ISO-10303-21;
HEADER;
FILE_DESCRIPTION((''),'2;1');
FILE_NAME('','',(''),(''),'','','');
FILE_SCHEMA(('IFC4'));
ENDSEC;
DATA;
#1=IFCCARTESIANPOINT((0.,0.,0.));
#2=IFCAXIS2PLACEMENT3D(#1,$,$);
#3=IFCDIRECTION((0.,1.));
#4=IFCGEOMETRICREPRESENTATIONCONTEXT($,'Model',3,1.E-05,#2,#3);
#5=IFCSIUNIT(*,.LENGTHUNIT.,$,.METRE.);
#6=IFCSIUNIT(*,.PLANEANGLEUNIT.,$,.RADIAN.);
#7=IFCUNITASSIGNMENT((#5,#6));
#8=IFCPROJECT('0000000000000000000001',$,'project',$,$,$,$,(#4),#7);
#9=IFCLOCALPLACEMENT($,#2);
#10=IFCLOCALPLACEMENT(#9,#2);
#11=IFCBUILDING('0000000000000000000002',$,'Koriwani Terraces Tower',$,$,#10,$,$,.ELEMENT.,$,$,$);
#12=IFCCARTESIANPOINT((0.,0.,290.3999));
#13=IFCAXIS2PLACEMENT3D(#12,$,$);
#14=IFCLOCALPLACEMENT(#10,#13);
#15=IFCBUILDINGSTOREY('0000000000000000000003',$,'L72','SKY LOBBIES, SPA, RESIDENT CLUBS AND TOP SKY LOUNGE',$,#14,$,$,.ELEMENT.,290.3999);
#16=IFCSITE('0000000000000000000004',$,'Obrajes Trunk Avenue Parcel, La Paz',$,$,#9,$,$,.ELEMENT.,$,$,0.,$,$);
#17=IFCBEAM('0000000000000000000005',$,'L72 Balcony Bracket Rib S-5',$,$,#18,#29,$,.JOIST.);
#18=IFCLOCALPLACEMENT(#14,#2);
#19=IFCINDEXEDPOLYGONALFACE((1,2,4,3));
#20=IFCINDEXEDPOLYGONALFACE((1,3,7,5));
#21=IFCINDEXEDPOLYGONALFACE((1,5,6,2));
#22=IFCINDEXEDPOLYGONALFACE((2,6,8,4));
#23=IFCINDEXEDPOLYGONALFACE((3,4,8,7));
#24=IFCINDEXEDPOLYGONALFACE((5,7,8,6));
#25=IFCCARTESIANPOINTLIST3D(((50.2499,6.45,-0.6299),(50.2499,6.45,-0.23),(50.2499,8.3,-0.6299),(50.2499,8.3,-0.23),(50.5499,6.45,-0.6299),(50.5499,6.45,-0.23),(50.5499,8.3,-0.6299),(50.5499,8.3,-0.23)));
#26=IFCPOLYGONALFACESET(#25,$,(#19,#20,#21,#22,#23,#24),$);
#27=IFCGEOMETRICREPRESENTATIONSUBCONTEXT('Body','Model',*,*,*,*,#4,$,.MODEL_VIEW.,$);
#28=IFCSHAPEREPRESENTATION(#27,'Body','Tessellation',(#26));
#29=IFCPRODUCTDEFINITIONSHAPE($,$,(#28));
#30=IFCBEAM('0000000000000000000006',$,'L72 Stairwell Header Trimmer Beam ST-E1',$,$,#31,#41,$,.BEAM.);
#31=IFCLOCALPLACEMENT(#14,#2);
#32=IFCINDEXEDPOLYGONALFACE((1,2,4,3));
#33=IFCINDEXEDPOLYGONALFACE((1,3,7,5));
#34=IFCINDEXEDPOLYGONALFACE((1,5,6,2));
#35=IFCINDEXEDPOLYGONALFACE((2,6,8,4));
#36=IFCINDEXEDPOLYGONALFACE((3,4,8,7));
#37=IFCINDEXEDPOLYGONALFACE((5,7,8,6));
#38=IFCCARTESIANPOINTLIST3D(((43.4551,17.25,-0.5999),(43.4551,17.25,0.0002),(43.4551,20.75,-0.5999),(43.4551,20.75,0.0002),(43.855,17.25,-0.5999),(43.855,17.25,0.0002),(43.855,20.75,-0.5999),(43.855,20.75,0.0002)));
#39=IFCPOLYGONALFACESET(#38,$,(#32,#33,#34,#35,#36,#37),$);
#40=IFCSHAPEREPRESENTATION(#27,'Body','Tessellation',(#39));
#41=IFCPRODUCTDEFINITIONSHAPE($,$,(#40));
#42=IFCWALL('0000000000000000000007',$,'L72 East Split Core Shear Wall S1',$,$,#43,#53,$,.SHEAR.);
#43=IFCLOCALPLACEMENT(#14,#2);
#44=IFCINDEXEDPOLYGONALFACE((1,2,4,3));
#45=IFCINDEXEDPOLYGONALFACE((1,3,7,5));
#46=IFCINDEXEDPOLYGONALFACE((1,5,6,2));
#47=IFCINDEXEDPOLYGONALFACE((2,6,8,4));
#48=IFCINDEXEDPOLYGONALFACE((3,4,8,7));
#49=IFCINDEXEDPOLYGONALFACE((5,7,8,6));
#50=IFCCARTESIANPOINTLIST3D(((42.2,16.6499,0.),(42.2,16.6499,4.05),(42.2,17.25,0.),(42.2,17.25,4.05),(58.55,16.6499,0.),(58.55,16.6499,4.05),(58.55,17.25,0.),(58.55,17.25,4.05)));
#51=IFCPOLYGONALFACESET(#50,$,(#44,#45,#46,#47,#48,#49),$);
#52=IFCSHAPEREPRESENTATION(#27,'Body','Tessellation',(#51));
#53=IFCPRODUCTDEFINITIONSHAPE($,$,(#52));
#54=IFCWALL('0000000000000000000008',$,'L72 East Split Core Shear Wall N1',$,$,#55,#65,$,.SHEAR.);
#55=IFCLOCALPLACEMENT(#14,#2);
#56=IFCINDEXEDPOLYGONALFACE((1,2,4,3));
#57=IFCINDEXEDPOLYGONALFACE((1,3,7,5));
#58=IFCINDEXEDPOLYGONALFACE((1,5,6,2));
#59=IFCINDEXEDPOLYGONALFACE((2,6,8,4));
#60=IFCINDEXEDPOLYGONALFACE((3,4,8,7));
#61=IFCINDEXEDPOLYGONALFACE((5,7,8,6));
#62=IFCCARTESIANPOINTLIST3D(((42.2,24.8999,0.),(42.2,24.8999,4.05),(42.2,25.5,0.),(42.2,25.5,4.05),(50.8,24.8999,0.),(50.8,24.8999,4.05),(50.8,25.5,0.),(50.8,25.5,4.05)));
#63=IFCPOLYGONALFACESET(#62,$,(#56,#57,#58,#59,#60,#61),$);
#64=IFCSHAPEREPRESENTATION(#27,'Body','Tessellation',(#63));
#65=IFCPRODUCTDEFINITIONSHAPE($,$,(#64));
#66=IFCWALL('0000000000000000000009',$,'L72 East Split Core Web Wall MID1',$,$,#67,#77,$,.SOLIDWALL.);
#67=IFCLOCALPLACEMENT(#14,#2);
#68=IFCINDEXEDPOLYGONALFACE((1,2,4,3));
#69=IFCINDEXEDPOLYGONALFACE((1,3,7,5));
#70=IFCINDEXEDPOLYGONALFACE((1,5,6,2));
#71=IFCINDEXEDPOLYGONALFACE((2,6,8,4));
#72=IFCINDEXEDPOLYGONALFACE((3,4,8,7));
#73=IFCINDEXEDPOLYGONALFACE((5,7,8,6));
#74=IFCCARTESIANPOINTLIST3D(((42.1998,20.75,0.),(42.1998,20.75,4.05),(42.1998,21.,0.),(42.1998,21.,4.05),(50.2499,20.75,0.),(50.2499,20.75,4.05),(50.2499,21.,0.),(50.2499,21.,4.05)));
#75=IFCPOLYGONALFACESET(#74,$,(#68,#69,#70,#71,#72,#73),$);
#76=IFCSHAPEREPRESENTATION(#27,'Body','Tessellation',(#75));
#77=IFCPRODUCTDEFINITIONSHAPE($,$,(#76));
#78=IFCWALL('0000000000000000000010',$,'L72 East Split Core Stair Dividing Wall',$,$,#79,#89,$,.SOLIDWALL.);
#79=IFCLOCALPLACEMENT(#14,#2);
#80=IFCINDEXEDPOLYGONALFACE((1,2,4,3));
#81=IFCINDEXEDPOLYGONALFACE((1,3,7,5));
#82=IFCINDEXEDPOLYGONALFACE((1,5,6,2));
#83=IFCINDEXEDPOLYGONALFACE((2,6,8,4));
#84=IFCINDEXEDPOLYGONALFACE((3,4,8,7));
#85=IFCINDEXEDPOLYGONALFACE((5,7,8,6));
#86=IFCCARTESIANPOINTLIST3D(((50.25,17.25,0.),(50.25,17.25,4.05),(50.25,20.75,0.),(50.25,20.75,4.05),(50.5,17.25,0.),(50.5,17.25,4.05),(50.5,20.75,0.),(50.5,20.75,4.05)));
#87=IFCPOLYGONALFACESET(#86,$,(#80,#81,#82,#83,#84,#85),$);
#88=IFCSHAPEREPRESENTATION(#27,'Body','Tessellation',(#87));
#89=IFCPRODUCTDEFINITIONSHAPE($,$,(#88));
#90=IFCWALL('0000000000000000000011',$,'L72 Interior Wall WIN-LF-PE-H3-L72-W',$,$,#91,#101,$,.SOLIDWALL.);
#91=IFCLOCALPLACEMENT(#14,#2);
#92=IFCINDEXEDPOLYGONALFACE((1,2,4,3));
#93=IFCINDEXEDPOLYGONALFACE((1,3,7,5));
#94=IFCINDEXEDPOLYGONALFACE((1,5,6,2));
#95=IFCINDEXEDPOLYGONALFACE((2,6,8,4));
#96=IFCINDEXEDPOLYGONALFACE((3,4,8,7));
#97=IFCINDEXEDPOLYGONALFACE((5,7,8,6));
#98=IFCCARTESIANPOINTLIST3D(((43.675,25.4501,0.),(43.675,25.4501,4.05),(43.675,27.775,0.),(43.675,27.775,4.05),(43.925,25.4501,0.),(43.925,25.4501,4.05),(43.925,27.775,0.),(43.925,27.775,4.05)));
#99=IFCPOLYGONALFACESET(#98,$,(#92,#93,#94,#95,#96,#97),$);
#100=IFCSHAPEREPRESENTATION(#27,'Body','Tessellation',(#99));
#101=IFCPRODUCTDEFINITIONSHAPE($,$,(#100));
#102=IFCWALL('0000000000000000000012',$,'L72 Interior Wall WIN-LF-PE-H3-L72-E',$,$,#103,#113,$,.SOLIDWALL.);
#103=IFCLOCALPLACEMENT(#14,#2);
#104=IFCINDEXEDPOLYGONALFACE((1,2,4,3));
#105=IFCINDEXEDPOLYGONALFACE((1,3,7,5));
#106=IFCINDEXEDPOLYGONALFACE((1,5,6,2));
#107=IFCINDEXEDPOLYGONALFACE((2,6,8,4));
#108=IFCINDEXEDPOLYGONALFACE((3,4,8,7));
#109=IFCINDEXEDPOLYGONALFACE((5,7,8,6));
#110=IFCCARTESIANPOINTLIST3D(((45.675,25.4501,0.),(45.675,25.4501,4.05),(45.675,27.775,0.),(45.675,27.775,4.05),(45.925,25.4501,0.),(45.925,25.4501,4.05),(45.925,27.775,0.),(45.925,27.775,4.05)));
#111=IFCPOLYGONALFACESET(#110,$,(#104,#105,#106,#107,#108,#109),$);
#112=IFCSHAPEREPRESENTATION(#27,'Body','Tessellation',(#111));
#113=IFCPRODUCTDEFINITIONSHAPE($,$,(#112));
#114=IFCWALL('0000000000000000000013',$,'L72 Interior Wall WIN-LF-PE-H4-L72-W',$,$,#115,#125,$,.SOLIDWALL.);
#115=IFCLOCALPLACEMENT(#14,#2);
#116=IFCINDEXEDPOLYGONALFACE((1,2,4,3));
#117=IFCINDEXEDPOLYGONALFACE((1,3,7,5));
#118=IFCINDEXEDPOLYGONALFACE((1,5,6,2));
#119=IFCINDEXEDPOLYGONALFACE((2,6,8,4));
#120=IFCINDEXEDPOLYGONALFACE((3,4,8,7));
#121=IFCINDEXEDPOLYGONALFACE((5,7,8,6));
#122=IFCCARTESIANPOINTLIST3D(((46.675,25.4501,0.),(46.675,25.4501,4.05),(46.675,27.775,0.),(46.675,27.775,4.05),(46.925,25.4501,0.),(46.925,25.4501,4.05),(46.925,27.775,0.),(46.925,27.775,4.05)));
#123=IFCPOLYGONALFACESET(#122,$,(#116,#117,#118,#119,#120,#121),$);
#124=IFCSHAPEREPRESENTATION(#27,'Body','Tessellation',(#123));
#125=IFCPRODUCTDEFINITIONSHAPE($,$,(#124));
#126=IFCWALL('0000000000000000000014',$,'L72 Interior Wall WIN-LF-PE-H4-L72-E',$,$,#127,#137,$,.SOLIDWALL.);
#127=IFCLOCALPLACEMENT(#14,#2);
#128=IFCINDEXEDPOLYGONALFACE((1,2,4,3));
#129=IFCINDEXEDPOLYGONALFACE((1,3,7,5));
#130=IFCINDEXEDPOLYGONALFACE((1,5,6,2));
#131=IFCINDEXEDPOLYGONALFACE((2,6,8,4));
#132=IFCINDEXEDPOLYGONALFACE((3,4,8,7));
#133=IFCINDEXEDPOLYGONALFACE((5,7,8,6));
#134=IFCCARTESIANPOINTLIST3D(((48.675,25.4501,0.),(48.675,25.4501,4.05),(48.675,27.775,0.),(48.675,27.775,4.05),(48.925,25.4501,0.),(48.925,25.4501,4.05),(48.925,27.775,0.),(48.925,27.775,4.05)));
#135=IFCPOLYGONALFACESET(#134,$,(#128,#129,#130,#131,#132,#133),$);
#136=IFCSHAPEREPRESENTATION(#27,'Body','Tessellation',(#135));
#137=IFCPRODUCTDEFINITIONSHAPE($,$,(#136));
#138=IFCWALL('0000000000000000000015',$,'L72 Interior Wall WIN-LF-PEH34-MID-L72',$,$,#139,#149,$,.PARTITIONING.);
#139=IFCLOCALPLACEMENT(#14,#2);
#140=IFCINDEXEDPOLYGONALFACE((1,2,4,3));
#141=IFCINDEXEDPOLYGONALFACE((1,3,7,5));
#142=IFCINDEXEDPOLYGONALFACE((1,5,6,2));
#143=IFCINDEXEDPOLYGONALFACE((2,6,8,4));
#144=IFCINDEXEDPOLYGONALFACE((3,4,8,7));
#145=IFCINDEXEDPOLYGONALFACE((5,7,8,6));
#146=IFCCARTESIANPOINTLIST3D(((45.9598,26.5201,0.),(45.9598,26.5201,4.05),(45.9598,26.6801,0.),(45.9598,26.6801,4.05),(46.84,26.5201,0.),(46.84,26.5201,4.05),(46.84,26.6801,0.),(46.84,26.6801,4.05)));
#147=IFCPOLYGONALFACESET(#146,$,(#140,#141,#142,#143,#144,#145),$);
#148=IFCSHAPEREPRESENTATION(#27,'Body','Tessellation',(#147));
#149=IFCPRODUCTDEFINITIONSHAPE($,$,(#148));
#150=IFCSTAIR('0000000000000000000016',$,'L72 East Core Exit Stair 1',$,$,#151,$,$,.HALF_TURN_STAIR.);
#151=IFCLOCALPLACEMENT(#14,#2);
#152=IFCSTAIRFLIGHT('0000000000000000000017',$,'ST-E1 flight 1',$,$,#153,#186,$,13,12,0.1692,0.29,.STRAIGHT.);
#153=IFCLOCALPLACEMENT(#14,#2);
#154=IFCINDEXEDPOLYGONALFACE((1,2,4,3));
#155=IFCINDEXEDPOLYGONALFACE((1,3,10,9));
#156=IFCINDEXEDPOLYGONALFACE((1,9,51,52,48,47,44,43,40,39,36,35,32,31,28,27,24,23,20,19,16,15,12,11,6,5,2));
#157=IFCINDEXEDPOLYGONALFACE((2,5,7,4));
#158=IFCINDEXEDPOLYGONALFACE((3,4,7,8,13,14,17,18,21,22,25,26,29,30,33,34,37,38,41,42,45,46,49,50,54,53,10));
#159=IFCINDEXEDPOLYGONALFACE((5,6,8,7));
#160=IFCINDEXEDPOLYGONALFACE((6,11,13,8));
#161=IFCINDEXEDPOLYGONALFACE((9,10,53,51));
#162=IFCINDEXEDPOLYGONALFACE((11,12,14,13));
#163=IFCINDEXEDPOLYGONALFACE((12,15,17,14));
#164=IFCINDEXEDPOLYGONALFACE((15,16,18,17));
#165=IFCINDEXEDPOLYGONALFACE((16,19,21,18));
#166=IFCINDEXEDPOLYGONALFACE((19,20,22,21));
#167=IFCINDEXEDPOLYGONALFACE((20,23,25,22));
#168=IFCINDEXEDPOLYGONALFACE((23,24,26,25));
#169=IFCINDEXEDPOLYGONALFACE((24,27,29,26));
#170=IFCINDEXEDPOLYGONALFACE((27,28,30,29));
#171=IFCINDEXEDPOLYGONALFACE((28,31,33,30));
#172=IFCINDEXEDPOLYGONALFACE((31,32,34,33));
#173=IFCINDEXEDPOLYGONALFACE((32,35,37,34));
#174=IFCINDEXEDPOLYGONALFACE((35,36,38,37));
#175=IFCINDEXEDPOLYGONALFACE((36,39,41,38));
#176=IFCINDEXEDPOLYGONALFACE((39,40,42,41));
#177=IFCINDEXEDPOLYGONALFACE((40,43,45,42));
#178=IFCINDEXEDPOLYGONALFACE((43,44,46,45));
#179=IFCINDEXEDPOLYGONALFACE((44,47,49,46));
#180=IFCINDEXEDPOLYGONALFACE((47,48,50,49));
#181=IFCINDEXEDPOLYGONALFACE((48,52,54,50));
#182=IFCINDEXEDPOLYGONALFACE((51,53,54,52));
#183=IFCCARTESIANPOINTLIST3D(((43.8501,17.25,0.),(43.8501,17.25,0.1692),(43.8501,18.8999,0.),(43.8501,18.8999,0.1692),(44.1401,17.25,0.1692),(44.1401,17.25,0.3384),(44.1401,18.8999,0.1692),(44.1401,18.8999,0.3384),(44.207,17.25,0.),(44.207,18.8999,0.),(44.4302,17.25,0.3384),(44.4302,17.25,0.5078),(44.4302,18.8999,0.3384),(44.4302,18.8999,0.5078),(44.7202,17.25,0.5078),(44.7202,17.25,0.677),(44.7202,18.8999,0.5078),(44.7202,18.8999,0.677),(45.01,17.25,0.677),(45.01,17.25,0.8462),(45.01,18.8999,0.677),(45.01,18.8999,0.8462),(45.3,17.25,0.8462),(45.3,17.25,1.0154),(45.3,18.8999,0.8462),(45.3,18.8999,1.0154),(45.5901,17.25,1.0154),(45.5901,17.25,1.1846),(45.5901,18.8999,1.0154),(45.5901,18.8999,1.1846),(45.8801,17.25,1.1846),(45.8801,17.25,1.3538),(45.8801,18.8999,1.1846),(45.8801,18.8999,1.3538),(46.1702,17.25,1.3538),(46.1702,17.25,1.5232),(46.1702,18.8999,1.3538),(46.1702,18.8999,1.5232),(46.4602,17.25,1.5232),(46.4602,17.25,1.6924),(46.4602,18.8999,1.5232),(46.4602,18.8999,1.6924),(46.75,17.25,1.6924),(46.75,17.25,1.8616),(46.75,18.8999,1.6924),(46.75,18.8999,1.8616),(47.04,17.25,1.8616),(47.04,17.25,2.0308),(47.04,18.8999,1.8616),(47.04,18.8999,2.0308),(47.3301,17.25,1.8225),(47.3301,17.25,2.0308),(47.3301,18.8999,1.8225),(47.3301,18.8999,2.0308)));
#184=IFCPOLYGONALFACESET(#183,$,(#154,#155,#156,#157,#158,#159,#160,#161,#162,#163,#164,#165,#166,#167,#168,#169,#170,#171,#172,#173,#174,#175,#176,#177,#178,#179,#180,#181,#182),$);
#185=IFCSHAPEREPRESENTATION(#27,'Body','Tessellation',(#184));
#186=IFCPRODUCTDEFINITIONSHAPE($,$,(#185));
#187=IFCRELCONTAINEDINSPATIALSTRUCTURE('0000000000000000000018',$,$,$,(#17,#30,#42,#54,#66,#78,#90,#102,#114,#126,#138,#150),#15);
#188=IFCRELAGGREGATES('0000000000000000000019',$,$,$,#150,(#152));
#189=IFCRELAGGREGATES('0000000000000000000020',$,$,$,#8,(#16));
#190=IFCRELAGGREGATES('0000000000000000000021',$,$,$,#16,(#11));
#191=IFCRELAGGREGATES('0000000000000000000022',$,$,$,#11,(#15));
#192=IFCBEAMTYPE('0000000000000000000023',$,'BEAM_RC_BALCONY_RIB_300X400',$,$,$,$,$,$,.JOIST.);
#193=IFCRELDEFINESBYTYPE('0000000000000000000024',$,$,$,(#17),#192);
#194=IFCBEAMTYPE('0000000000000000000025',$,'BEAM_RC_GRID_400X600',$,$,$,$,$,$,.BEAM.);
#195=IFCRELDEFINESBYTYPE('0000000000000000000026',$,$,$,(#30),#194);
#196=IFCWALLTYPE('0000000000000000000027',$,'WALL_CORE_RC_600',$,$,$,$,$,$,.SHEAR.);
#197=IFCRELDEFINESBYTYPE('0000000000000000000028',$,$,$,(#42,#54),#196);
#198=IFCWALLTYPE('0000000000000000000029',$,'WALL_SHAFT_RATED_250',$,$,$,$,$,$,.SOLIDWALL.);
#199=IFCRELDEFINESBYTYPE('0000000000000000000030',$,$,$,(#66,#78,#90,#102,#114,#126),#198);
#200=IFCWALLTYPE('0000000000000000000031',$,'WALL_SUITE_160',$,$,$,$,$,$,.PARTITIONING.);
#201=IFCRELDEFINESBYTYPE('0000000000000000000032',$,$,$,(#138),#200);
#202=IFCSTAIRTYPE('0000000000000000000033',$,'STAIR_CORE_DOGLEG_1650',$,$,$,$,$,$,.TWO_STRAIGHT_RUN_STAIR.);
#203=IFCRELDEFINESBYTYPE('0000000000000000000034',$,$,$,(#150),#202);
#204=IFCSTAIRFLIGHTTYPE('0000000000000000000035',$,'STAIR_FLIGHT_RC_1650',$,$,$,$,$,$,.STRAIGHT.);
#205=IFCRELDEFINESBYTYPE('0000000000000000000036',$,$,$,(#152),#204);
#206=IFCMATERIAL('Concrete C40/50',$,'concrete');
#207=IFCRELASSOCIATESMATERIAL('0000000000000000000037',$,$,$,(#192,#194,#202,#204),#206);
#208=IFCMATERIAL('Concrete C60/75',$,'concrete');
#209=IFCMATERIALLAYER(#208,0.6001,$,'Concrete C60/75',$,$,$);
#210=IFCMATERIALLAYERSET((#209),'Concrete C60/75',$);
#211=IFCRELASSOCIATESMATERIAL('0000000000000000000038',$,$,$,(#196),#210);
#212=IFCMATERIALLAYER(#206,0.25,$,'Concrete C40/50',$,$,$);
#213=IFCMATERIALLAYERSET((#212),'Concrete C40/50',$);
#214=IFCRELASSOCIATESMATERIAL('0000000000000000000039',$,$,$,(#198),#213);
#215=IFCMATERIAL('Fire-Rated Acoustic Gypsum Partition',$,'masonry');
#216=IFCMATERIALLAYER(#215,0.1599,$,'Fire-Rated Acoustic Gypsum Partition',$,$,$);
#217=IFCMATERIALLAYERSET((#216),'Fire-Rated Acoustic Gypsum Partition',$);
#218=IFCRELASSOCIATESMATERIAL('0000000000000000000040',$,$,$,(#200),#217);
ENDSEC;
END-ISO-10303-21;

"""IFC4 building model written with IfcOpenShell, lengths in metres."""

from ifc_helpers import new_model, si_unit, direction, frame, frame_2d, origin, origin_2d, place, context, subcontext, project, spatial, polyline, rectangle, outline, extrude, material, layer, layer_set, material_profile, profile_set, type_object, element, aggregate, save


model = new_model("IFC4")

# Units and contexts
model_context = context("Model", 3, precision=1e-05, world=origin(), true_north=direction((0.0, 1.0)))
body_context = subcontext(model_context, "Body", "Model", "MODEL_VIEW")
ifc_project = project(units=[si_unit("LENGTHUNIT", "METRE"), si_unit("PLANEANGLEUNIT", "RADIAN")], contexts=[model_context])

# Site, building, storey
site_placement = place(None, origin())
site = spatial("IfcSite", under=ifc_project, at=site_placement, Name="Obrajes Trunk Avenue Parcel, La Paz", CompositionType="ELEMENT", RefElevation=0.0)
building_placement = place(site_placement, origin())
building = spatial("IfcBuilding", under=site, at=building_placement, Name="Koriwani Terraces Tower", CompositionType="ELEMENT")
storey_placement = place(building_placement, frame((0.0, 0.0, 290.3999)))
storey = spatial("IfcBuildingStorey", under=building, at=storey_placement, Name="L72", Description="SKY LOBBIES, SPA, RESIDENT CLUBS AND TOP SKY LOUNGE", CompositionType="ELEMENT", Elevation=290.3999)

# Beams
ifc_material_1 = material(Name="Concrete C40/50", Category="concrete")
ifc_material_profile_1 = material_profile(ifc_material_1, rectangle(XDim=0.3, YDim=0.3999, at=origin_2d()), Name="Concrete C40/50", Category="LoadBearing")
ifc_profile_set_1 = profile_set([ifc_material_profile_1], Name="Concrete C40/50")
beam_type_1 = type_object("IfcBeamType", Name="BEAM_RC_BALCONY_RIB_300X400", PredefinedType="JOIST", material=ifc_profile_set_1)
beam_1_placement = place(storey_placement, frame((50.3999, 6.45, -0.4299), z_axis=(0.0, 1.0, 0.0), x_axis=(-1.0, 0.0, 0.0)))
element("IfcBeam", 1, at=beam_1_placement, inside=storey, type_object=beam_type_1, Name="L72 Balcony Bracket Rib S-5", PredefinedType="JOIST", context=body_context, shape_type="SweptSolid", body=[
    extrude(rectangle(XDim=0.3, YDim=0.3999, at=origin_2d()), origin(), (0.0, 0.0, 1.0), 1.8501),
])
ifc_material_profile_2 = material_profile(ifc_material_1, rectangle(XDim=0.3999, YDim=0.6001, at=origin_2d()), Name="Concrete C40/50", Category="LoadBearing")
ifc_profile_set_2 = profile_set([ifc_material_profile_2], Name="Concrete C40/50")
beam_type_2 = type_object("IfcBeamType", Name="BEAM_RC_GRID_400X600", PredefinedType="BEAM", material=ifc_profile_set_2)
beam_2_placement = place(storey_placement, frame((43.655, 17.25, -0.2998), z_axis=(0.0, 1.0, 0.0), x_axis=(-1.0, 0.0, 0.0)))
element("IfcBeam", 2, at=beam_2_placement, inside=storey, type_object=beam_type_2, Name="L72 Stairwell Header Trimmer Beam ST-E1", PredefinedType="BEAM", context=body_context, shape_type="SweptSolid", body=[
    extrude(rectangle(XDim=0.3999, YDim=0.6001, at=origin_2d()), origin(), (0.0, 0.0, 1.0), 3.5),
])

# Walls
ifc_material_2 = material(Name="Concrete C60/75", Category="concrete")
ifc_layer_1 = layer(ifc_material_2, 0.6001, Name="Concrete C60/75")
ifc_layer_set_1 = layer_set([ifc_layer_1], Name="Concrete C60/75")
wall_type_1 = type_object("IfcWallType", Name="WALL_CORE_RC_600", PredefinedType="SHEAR", material=ifc_layer_set_1)
wall_1_placement = place(storey_placement, frame((42.2, 16.95, 0.0), z_axis=(0.0, 0.0, 1.0), x_axis=(1.0, 0.0, 0.0)))
element("IfcWall", 3, at=wall_1_placement, inside=storey, type_object=wall_type_1, Name="L72 East Split Core Shear Wall S1", PredefinedType="SHEAR", context=body_context, shape_type="SweptSolid", body=[
    extrude(rectangle(XDim=16.3501, YDim=0.6001, at=frame_2d((8.175, 0.0))), origin(), (0.0, 0.0, 1.0), 4.05),
])
wall_2_placement = place(storey_placement, frame((42.2, 25.2, 0.0), z_axis=(0.0, 0.0, 1.0), x_axis=(1.0, 0.0, 0.0)))
element("IfcWall", 4, at=wall_2_placement, inside=storey, type_object=wall_type_1, Name="L72 East Split Core Shear Wall N1", PredefinedType="SHEAR", context=body_context, shape_type="SweptSolid", body=[
    extrude(rectangle(XDim=8.6001, YDim=0.6001, at=frame_2d((4.3, 0.0))), origin(), (0.0, 0.0, 1.0), 4.05),
])
ifc_layer_2 = layer(ifc_material_1, 0.25, Name="Concrete C40/50")
ifc_layer_set_2 = layer_set([ifc_layer_2], Name="Concrete C40/50")
wall_type_2 = type_object("IfcWallType", Name="WALL_SHAFT_RATED_250", PredefinedType="SOLIDWALL", material=ifc_layer_set_2)
wall_3_placement = place(storey_placement, frame((42.2, 20.875, 0.0), z_axis=(0.0, 0.0, 1.0), x_axis=(1.0, 0.0, 0.0)))
element("IfcWall", 5, at=wall_3_placement, inside=storey, type_object=wall_type_2, Name="L72 East Split Core Web Wall MID1", PredefinedType="SOLIDWALL", context=body_context, shape_type="SweptSolid", body=[
    extrude(rectangle(XDim=8.05, YDim=0.25, at=frame_2d((4.0249, 0.0))), origin(), (0.0, 0.0, 1.0), 4.05),
])
wall_4_placement = place(storey_placement, frame((50.375, 17.25, 0.0), z_axis=(0.0, 0.0, 1.0), x_axis=(0.0, 1.0, 0.0)))
element("IfcWall", 6, at=wall_4_placement, inside=storey, type_object=wall_type_2, Name="L72 East Split Core Stair Dividing Wall", PredefinedType="SOLIDWALL", context=body_context, shape_type="SweptSolid", body=[
    extrude(rectangle(XDim=3.5, YDim=0.25, at=frame_2d((1.75, 0.0))), origin(), (0.0, 0.0, 1.0), 4.05),
])

# Walls
for number, where, z_axis, x_axis, name in (
    (7, (43.8, 25.45, 0.0), (0.0, 0.0, 1.0), (0.0, 1.0, 0.0), "L72 Interior Wall WIN-LF-PE-H3-L72-W"),
    (8, (45.8, 25.45, 0.0), (0.0, 0.0, 1.0), (0.0, 1.0, 0.0), "L72 Interior Wall WIN-LF-PE-H3-L72-E"),
):
    element("IfcWall", number, at=place(storey_placement, frame(where, z_axis=z_axis, x_axis=x_axis)), inside=storey, type_object=wall_type_2, Name=name, PredefinedType="SOLIDWALL", context=body_context, shape_type="SweptSolid", body=[
        extrude(rectangle(XDim=2.325, YDim=0.25, at=frame_2d((1.1626, 0.0))), origin(), (0.0, 0.0, 1.0), 4.05),
    ])

# Walls
for number, where, z_axis, x_axis, name in (
    (9, (46.8, 25.45, 0.0), (0.0, 0.0, 1.0), (0.0, 1.0, 0.0), "L72 Interior Wall WIN-LF-PE-H4-L72-W"),
    (10, (48.8, 25.45, 0.0), (0.0, 0.0, 1.0), (0.0, 1.0, 0.0), "L72 Interior Wall WIN-LF-PE-H4-L72-E"),
):
    element("IfcWall", number, at=place(storey_placement, frame(where, z_axis=z_axis, x_axis=x_axis)), inside=storey, type_object=wall_type_2, Name=name, PredefinedType="SOLIDWALL", context=body_context, shape_type="SweptSolid", body=[
        extrude(rectangle(XDim=2.325, YDim=0.25, at=frame_2d((1.1626, 0.0))), origin(), (0.0, 0.0, 1.0), 4.05),
    ])
ifc_material_3 = material(Name="Fire-Rated Acoustic Gypsum Partition", Category="masonry")
ifc_layer_3 = layer(ifc_material_3, 0.1599, Name="Fire-Rated Acoustic Gypsum Partition")
ifc_layer_set_3 = layer_set([ifc_layer_3], Name="Fire-Rated Acoustic Gypsum Partition")
wall_type_3 = type_object("IfcWallType", Name="WALL_SUITE_160", PredefinedType="PARTITIONING", material=ifc_layer_set_3)
wall_5_placement = place(storey_placement, frame((45.96, 26.6001, 0.0), z_axis=(0.0, 0.0, 1.0), x_axis=(1.0, 0.0, 0.0)))
element("IfcWall", 11, at=wall_5_placement, inside=storey, type_object=wall_type_3, Name="L72 Interior Wall WIN-LF-PEH34-MID-L72", PredefinedType="PARTITIONING", context=body_context, shape_type="SweptSolid", body=[
    extrude(rectangle(XDim=0.8801, YDim=0.1599, at=frame_2d((0.4399, 0.0))), origin(), (0.0, 0.0, 1.0), 4.05),
])

# Stair, stair flight
stair_type = type_object("IfcStairType", Name="STAIR_CORE_DOGLEG_1650", PredefinedType="TWO_STRAIGHT_RUN_STAIR", material=ifc_material_1)
stair_placement = place(storey_placement, origin())
stair = element("IfcStair", 12, at=stair_placement, inside=storey, type_object=stair_type, Name="L72 East Core Exit Stair 1", PredefinedType="HALF_TURN_STAIR")
stair_flight_type = type_object("IfcStairFlightType", Name="STAIR_FLIGHT_RC_1650", PredefinedType="STRAIGHT", material=ifc_material_1)
stair_flight_1_placement = place(storey_placement, frame((43.8501, 18.075, 0.0), z_axis=(0.0, 0.0, 1.0), x_axis=(1.0, 0.0, 0.0)))
stair_flight_1 = element("IfcStairFlight", 13, at=stair_flight_1_placement, type_object=stair_flight_type, Name="ST-E1 flight 1", NumberOfRisers=13, NumberOfTreads=12, PredefinedType="STRAIGHT", RiserHeight=0.1692, TreadLength=0.29, context=body_context, shape_type="SweptSolid", body=[
    extrude(outline(polyline([(0.0, 0.0), (0.0, 0.1692), (0.29, 0.1692), (0.29, 0.3384), (0.5801, 0.3384), (0.5801, 0.5078), (0.8701, 0.5078), (0.8701, 0.677), (1.1599, 0.677), (1.1599, 0.8462), (1.45, 0.8462), (1.45, 1.0154), (1.74, 1.0154), (1.74, 1.1846), (2.03, 1.1846), (2.03, 1.3538), (2.3201, 1.3538), (2.3201, 1.5232), (2.6101, 1.5232), (2.6101, 1.6924), (2.8999, 1.6924), (2.8999, 1.8616), (3.1899, 1.8616), (3.1899, 2.0308), (3.48, 2.0308), (3.48, 2.2), (3.48, 1.8225), (0.3569, 0.0), (0.0, 0.0)])), frame((0.0, 0.825, 0.0), z_axis=(0.0, -1.0, 0.0), x_axis=(1.0, 0.0, 0.0)), (0.0, 0.0, 1.0), 1.6499),
])
aggregate(stair, [stair_flight_1])

save(model, "model.ifc")
